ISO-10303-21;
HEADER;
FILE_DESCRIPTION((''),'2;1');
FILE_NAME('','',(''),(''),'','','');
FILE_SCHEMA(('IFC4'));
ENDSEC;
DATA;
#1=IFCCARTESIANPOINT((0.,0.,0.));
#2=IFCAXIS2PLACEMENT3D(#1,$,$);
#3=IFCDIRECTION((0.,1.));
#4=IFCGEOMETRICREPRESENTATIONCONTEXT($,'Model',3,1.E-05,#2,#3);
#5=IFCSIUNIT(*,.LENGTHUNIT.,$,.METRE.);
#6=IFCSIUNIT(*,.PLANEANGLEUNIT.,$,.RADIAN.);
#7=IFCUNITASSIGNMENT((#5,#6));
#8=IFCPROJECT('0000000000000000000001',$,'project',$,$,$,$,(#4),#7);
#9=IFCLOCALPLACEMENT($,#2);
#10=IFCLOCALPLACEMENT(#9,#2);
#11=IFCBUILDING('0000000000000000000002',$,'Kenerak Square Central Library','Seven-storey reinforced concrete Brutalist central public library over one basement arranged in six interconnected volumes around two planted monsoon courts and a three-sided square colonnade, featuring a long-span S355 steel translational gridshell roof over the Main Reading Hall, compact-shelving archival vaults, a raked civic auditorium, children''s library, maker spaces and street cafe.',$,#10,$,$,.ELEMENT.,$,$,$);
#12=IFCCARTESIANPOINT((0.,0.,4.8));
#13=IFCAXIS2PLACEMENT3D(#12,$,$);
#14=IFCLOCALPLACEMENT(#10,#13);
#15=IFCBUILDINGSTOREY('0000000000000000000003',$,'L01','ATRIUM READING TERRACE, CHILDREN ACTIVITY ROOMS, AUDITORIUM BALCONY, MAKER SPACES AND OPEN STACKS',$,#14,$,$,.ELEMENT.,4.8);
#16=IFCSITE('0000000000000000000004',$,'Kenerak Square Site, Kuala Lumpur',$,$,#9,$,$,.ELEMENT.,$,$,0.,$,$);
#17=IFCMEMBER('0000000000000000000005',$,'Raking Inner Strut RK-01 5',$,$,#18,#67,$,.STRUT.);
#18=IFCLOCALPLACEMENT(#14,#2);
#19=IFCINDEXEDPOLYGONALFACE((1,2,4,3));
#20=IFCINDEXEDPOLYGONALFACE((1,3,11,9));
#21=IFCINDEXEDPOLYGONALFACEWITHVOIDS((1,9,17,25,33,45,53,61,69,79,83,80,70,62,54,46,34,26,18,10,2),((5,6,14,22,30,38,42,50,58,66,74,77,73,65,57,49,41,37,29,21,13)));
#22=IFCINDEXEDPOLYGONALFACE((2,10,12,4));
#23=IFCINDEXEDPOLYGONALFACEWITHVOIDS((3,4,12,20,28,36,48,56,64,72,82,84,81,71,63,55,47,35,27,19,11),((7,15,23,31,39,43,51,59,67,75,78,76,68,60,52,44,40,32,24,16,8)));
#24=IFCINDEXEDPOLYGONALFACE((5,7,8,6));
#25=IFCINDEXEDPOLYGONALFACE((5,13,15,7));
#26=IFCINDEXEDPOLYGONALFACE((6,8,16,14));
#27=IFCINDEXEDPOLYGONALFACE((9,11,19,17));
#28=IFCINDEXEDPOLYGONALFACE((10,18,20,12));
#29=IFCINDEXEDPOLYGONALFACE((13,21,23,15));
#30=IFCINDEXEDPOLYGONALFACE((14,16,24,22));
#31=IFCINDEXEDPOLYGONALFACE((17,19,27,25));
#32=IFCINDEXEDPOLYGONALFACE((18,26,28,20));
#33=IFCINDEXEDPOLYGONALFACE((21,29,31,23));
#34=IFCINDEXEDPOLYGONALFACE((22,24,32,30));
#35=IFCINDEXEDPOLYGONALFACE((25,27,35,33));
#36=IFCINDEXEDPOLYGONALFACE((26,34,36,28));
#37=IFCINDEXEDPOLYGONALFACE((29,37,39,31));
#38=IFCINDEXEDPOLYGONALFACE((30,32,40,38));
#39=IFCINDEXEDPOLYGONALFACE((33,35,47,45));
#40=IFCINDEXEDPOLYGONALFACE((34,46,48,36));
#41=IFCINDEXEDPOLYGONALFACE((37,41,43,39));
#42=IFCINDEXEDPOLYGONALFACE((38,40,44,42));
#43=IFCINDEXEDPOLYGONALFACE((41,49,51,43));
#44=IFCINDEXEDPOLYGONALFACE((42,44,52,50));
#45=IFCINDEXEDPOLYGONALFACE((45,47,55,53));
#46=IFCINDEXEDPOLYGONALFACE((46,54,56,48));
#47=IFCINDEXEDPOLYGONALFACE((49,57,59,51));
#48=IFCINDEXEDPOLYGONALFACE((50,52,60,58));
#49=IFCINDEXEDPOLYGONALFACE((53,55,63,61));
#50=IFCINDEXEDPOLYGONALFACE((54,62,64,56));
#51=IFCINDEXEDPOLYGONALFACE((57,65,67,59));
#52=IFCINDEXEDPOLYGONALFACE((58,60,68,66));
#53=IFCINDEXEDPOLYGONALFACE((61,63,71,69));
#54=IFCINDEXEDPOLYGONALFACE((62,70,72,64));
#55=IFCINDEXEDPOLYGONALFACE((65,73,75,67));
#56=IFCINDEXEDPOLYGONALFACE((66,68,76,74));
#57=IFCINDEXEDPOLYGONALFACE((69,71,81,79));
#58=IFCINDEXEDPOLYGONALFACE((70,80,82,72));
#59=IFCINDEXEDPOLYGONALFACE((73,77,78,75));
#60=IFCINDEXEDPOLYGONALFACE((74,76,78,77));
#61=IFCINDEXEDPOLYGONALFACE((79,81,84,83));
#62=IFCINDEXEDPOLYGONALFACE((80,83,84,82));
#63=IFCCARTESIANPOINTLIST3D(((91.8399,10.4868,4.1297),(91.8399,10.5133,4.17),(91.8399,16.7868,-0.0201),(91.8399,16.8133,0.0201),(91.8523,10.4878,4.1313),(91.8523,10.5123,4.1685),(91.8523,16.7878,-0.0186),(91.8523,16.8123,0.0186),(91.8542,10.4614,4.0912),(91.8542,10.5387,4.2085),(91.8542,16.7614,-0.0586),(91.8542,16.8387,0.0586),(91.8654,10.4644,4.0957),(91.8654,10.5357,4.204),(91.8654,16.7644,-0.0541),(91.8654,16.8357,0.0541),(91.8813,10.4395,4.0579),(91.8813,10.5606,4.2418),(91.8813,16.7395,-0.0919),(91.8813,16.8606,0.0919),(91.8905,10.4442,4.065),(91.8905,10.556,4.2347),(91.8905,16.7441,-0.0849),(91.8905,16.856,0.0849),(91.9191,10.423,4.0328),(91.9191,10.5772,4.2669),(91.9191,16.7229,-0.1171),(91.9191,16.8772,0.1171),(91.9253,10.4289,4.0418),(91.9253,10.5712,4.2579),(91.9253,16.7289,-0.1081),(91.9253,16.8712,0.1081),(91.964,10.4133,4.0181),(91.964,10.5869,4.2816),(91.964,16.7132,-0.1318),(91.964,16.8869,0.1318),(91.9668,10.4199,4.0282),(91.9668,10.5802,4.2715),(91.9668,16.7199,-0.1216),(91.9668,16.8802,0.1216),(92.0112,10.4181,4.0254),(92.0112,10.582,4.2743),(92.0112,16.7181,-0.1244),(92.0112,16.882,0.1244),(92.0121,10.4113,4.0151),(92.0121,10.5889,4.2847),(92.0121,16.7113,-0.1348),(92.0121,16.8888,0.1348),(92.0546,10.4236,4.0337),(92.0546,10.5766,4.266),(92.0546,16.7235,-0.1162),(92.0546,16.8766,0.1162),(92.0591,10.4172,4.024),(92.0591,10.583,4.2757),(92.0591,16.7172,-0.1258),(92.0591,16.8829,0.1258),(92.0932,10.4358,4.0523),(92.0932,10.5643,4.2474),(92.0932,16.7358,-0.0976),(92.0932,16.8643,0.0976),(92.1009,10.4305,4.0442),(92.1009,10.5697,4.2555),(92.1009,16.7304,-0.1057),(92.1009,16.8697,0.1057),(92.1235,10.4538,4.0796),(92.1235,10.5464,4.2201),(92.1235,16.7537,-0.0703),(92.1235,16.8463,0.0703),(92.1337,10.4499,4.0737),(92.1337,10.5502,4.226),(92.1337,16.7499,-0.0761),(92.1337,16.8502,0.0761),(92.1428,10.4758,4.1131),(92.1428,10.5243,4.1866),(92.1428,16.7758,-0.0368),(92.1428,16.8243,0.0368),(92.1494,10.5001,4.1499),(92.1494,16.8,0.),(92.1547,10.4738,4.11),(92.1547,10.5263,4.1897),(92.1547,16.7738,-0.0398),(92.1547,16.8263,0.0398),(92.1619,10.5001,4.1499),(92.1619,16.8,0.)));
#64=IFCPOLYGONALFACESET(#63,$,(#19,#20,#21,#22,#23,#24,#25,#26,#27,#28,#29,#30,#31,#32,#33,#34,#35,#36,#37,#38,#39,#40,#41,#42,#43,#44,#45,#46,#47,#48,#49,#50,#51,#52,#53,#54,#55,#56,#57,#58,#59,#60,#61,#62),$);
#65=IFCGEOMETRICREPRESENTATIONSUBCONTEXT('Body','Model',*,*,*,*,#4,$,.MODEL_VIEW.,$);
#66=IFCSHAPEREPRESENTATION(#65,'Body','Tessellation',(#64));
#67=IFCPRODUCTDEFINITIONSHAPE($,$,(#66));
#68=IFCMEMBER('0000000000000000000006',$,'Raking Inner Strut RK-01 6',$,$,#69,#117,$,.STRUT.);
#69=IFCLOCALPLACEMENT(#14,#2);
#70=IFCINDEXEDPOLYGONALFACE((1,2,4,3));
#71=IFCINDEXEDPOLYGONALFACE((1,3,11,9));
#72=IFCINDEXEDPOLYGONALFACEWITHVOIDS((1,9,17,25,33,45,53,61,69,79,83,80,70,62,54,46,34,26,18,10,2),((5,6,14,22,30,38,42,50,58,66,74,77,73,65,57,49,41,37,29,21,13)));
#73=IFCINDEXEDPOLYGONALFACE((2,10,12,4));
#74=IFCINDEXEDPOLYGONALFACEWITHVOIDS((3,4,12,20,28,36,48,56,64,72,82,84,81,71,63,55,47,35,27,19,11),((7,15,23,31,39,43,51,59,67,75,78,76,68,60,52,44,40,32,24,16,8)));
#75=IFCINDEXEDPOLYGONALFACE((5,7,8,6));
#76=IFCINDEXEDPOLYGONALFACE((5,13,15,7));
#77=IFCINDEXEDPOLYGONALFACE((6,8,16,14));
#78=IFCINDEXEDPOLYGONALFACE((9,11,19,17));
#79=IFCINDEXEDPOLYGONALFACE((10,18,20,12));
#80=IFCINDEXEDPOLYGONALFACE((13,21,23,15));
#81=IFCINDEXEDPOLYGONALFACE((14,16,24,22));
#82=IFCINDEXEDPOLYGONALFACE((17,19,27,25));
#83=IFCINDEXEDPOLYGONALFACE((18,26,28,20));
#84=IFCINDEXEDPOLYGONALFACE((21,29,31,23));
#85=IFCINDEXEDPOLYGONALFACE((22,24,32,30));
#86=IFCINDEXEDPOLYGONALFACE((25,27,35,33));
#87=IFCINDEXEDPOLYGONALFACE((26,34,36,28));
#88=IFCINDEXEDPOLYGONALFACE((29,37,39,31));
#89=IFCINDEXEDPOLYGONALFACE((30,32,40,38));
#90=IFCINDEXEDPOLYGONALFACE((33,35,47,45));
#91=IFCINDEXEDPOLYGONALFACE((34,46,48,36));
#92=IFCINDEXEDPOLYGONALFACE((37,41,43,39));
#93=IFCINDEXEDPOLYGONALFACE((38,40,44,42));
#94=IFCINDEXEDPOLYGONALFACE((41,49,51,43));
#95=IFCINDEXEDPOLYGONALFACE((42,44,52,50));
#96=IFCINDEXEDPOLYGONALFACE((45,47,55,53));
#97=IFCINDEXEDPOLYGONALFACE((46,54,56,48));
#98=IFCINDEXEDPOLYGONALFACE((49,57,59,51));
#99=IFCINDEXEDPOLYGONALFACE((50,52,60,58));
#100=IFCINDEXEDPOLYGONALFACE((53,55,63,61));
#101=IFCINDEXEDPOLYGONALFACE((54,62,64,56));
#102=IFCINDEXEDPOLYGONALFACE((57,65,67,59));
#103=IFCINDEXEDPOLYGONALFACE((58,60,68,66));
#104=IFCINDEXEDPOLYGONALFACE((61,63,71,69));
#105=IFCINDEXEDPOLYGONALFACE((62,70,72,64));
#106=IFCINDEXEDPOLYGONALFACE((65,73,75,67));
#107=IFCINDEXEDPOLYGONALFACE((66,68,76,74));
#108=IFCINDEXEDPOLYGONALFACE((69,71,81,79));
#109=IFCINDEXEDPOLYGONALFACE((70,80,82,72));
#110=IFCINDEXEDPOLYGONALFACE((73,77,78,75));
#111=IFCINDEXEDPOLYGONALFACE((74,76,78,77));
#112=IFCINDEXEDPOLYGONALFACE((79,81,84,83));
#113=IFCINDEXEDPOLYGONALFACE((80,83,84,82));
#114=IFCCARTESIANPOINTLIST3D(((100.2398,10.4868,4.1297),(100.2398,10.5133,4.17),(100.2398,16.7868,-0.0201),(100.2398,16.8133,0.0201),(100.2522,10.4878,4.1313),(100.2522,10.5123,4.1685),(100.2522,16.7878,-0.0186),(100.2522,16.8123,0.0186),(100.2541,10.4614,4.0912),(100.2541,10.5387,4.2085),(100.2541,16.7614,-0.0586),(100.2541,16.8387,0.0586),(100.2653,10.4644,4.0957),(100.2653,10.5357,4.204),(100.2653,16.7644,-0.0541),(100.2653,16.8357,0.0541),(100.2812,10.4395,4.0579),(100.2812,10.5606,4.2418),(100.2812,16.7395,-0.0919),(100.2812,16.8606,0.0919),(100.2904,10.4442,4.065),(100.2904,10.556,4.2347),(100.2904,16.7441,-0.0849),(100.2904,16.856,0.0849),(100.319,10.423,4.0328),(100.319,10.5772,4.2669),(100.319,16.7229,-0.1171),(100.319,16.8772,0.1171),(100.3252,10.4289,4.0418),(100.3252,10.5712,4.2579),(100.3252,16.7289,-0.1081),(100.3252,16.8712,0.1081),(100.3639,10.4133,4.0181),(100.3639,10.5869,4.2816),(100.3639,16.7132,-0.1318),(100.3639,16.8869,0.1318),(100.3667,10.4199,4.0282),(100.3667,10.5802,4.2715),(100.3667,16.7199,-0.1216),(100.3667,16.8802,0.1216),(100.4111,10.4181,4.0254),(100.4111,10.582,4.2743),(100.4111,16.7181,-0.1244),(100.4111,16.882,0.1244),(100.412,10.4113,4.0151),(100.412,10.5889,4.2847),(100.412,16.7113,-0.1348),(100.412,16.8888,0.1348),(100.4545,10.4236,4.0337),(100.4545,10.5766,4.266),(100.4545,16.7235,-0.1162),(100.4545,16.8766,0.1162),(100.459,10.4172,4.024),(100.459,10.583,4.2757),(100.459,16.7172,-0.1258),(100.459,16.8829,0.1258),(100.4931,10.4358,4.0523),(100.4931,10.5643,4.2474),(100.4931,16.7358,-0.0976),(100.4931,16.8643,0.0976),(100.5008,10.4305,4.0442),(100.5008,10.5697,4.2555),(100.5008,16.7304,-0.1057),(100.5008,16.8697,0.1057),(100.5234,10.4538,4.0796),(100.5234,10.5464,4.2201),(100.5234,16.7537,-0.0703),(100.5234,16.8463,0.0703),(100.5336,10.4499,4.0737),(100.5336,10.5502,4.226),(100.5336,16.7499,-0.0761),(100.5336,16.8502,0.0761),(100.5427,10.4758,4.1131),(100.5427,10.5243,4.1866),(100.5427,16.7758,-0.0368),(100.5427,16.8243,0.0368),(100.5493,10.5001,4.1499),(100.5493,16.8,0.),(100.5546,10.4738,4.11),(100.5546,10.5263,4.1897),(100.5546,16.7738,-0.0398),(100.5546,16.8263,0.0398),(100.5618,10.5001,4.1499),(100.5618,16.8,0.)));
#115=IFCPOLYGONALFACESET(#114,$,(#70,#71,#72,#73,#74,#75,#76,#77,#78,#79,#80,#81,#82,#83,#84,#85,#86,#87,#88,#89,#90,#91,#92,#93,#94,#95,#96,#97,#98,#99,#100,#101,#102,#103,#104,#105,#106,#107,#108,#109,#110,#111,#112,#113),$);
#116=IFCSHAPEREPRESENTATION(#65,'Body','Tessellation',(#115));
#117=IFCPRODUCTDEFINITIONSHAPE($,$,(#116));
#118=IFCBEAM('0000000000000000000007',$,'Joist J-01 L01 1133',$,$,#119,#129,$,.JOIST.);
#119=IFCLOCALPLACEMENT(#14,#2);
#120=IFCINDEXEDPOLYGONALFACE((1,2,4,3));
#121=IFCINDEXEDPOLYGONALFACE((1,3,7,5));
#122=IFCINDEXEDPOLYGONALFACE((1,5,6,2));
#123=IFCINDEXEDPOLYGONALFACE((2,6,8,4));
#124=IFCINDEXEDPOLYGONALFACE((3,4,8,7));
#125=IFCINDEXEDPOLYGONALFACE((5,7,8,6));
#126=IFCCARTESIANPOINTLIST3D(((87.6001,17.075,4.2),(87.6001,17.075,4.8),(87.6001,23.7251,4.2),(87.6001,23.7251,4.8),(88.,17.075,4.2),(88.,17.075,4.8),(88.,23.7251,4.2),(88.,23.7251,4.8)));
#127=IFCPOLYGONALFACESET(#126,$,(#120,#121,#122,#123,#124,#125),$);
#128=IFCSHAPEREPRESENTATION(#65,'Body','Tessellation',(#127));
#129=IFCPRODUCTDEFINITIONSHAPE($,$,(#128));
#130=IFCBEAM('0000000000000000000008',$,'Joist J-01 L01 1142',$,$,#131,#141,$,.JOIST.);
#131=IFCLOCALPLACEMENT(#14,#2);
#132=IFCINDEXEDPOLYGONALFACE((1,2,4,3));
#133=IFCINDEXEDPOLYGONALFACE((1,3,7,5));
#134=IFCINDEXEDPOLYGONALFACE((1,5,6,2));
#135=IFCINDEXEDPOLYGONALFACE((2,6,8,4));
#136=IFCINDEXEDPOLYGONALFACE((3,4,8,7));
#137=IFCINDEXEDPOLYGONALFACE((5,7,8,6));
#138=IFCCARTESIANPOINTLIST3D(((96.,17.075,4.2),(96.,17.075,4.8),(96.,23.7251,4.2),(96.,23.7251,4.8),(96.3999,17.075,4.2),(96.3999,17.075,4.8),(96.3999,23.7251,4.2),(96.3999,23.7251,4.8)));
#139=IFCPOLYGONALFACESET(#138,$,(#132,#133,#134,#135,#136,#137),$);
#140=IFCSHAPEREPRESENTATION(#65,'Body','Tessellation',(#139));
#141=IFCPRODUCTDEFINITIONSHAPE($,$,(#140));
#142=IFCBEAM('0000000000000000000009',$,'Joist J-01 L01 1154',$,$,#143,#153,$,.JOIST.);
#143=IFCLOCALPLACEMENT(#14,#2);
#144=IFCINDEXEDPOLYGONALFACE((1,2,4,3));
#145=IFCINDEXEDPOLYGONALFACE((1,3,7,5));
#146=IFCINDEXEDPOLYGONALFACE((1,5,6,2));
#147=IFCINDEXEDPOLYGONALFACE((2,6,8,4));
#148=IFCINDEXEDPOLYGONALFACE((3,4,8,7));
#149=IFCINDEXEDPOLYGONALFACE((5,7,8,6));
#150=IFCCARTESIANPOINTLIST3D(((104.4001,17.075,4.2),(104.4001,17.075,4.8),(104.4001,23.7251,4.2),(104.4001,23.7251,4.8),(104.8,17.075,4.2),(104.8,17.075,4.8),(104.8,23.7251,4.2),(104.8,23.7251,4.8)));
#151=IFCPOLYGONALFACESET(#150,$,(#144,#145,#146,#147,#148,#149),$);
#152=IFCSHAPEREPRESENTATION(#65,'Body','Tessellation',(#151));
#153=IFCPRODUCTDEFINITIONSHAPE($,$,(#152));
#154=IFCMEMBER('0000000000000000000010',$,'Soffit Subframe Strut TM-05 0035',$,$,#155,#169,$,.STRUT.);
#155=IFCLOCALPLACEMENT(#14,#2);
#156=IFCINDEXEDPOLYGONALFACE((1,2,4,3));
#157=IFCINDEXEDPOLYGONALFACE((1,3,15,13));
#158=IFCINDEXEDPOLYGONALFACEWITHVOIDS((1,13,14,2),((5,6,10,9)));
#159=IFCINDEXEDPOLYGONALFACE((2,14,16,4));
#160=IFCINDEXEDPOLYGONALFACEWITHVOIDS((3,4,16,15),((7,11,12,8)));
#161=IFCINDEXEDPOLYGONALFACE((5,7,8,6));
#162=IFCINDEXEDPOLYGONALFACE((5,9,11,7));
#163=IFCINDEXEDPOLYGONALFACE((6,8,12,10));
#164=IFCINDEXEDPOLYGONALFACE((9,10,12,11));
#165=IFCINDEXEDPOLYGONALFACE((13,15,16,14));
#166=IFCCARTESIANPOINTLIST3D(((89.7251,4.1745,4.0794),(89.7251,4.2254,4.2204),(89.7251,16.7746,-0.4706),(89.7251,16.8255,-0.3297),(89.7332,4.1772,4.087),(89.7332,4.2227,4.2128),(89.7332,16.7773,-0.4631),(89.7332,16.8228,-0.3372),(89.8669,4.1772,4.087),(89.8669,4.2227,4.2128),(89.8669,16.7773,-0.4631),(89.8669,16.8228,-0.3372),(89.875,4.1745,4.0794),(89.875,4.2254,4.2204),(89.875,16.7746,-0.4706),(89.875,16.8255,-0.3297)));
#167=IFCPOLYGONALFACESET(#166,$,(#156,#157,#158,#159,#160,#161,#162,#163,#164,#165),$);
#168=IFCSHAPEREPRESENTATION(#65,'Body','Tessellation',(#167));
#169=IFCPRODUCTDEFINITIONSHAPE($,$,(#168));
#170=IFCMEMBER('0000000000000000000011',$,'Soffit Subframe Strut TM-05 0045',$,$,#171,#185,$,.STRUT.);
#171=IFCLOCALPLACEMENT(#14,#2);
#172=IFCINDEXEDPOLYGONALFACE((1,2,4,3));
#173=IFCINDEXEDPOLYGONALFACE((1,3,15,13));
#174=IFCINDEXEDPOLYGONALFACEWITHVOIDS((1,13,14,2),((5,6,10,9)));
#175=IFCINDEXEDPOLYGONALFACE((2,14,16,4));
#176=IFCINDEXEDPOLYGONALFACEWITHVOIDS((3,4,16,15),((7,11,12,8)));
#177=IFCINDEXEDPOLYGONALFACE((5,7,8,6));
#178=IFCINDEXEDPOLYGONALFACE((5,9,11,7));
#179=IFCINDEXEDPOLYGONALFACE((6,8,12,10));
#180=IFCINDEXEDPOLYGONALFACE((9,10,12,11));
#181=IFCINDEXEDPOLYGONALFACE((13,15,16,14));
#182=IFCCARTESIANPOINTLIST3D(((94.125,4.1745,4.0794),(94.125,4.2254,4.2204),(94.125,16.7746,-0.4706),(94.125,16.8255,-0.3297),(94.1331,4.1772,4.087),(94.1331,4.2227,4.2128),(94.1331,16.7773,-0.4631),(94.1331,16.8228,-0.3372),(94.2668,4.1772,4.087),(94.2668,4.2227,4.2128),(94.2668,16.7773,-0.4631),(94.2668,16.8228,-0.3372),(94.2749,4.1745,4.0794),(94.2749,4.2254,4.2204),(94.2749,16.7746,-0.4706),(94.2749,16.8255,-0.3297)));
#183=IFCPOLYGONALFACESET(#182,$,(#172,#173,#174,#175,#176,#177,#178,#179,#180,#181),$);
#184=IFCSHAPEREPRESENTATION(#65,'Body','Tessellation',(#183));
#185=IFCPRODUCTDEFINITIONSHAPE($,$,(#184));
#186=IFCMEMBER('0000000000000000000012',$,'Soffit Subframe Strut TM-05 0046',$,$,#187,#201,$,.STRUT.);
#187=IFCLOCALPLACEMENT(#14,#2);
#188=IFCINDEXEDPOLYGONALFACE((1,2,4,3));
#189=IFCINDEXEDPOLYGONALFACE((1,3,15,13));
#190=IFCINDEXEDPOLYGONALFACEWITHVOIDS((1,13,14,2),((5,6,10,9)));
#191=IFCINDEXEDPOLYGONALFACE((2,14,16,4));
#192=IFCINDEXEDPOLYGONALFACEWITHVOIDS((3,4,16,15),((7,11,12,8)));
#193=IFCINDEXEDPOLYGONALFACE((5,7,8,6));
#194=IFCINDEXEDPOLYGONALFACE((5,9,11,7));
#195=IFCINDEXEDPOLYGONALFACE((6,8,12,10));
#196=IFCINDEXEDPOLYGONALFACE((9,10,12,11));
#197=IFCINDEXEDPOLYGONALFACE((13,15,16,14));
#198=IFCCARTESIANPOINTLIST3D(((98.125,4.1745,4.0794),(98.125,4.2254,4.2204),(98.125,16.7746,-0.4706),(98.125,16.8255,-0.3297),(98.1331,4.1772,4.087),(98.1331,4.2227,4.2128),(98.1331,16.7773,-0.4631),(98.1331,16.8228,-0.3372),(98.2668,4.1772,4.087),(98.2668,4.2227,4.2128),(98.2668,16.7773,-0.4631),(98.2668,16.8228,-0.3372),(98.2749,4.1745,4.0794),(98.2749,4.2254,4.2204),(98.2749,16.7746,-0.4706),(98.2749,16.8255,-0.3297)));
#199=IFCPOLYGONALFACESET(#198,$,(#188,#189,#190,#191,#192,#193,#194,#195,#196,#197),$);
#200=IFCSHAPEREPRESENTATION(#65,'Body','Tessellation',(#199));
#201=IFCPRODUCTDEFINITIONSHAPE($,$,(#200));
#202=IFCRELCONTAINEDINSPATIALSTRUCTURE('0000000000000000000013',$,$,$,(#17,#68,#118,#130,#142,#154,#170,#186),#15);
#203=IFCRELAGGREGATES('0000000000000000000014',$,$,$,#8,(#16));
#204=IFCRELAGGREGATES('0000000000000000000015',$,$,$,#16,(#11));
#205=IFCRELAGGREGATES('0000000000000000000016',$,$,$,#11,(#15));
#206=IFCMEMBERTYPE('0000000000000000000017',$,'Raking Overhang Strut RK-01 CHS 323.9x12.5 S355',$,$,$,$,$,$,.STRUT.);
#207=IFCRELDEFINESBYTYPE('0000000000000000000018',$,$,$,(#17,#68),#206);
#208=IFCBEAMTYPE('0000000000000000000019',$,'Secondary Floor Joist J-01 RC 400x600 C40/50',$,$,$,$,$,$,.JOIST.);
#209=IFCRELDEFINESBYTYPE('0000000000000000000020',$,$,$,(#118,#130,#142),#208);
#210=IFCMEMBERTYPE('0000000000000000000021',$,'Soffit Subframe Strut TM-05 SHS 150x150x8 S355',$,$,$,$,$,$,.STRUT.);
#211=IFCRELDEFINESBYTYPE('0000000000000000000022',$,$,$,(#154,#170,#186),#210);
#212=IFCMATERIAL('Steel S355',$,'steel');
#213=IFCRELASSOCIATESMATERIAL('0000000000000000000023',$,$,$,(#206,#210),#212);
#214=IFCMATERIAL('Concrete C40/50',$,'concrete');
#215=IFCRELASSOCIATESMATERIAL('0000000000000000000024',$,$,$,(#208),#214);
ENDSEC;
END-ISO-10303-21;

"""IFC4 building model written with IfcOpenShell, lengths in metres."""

from ifc_helpers import new_model, si_unit, direction, frame, origin, origin_2d, place, context, subcontext, project, spatial, rectangle, hollow_rectangle, hollow_circle, extrude, material, material_profile, profile_set, type_object, element, save


model = new_model("IFC4")

# Units and contexts
model_context = context("Model", 3, precision=1e-05, world=origin(), true_north=direction((0.0, 1.0)))
body_context = subcontext(model_context, "Body", "Model", "MODEL_VIEW")
ifc_project = project(units=[si_unit("LENGTHUNIT", "METRE"), si_unit("PLANEANGLEUNIT", "RADIAN")], contexts=[model_context])

# Site, building, storey
site_placement = place(None, origin())
site = spatial("IfcSite", under=ifc_project, at=site_placement, Name="Kenerak Square Site, Kuala Lumpur", CompositionType="ELEMENT", RefElevation=0.0)
building_placement = place(site_placement, origin())
building = spatial("IfcBuilding", under=site, at=building_placement, Name="Kenerak Square Central Library", Description="Seven-storey reinforced concrete Brutalist central public library over one basement arranged in six interconnected volumes around two planted monsoon courts and a three-sided square colonnade, featuring a long-span S355 steel translational gridshell roof over the Main Reading Hall, compact-shelving archival vaults, a raked civic auditorium, children's library, maker spaces and street cafe.", CompositionType="ELEMENT")
storey_placement = place(building_placement, frame((0.0, 0.0, 4.8)))
storey = spatial("IfcBuildingStorey", under=building, at=storey_placement, Name="L01", Description="ATRIUM READING TERRACE, CHILDREN ACTIVITY ROOMS, AUDITORIUM BALCONY, MAKER SPACES AND OPEN STACKS", CompositionType="ELEMENT", Elevation=4.8)

# Shared definitions
ifc_material_1 = material(Name="Steel S355", Category="steel")

# Shared definitions
ifc_material_2 = material(Name="Concrete C40/50", Category="concrete")

# Members
ifc_material_profile_1 = material_profile(ifc_material_1, hollow_circle(Radius=0.1619, WallThickness=0.0125, at=origin_2d()), Name="CHS 323.9x12.5")
ifc_profile_set_1 = profile_set([ifc_material_profile_1], Name="Steel S355")
member_type_1 = type_object("IfcMemberType", Name="Raking Overhang Strut RK-01 CHS 323.9x12.5 S355", PredefinedType="STRUT", material=ifc_profile_set_1)
for number, where, z_axis, x_axis, name in (
    (1, (92.0, 16.8, 0.0), (0.0, -0.835105, 0.550091), (1.0, 0.0, 0.0), "Raking Inner Strut RK-01 5"),
    (2, (100.3999, 16.8, 0.0), (0.0, -0.835105, 0.550091), (1.0, 0.0, 0.0), "Raking Inner Strut RK-01 6"),
):
    element("IfcMember", number, at=place(storey_placement, frame(where, z_axis=z_axis, x_axis=x_axis)), inside=storey, type_object=member_type_1, Name=name, PredefinedType="STRUT", context=body_context, shape_type="SweptSolid", body=[
        extrude(hollow_circle(Radius=0.1619, WallThickness=0.0125, at=origin_2d()), origin(), (0.0, 0.0, 1.0), 7.5439),
    ])

# Beams
ifc_material_profile_2 = material_profile(ifc_material_2, rectangle(XDim=0.3999, YDim=0.6001, at=origin_2d()), Name="RC 400x600")
ifc_profile_set_2 = profile_set([ifc_material_profile_2], Name="Concrete C40/50")
beam_type_1 = type_object("IfcBeamType", Name="Secondary Floor Joist J-01 RC 400x600 C40/50", PredefinedType="JOIST", material=ifc_profile_set_2)
for number, where, z_axis, x_axis, name in (
    (3, (87.8, 17.075, 4.5), (0.0, 1.0, 0.0), (-1.0, 0.0, 0.0), "Joist J-01 L01 1133"),
    (4, (96.2, 17.075, 4.5), (0.0, 1.0, 0.0), (-1.0, 0.0, 0.0), "Joist J-01 L01 1142"),
    (5, (104.6001, 17.075, 4.5), (0.0, 1.0, 0.0), (-1.0, 0.0, 0.0), "Joist J-01 L01 1154"),
):
    element("IfcBeam", number, at=place(storey_placement, frame(where, z_axis=z_axis, x_axis=x_axis)), inside=storey, type_object=beam_type_1, Name=name, PredefinedType="JOIST", context=body_context, shape_type="SweptSolid", body=[
        extrude(rectangle(XDim=0.3999, YDim=0.6001, at=origin_2d()), origin(), (0.0, 0.0, 1.0), 6.6501),
    ])

# Members
ifc_material_profile_3 = material_profile(ifc_material_1, hollow_rectangle(XDim=0.1499, YDim=0.1499, WallThickness=0.0081, at=origin_2d()), Name="SHS 150x150x8.0")
ifc_profile_set_3 = profile_set([ifc_material_profile_3], Name="Steel S355")
member_type_2 = type_object("IfcMemberType", Name="Soffit Subframe Strut TM-05 SHS 150x150x8 S355", PredefinedType="STRUT", material=ifc_profile_set_3)
for number, where, z_axis, x_axis, name in (
    (6, (89.8, 16.8, -0.4001), (0.0, -0.940554, 0.339645), (1.0, 0.0, 0.0), "Soffit Subframe Strut TM-05 0035"),
    (7, (94.2, 16.8, -0.4001), (0.0, -0.940554, 0.339645), (1.0, 0.0, 0.0), "Soffit Subframe Strut TM-05 0045"),
    (8, (98.2, 16.8, -0.4001), (0.0, -0.940554, 0.339645), (1.0, 0.0, 0.0), "Soffit Subframe Strut TM-05 0046"),
):
    element("IfcMember", number, at=place(storey_placement, frame(where, z_axis=z_axis, x_axis=x_axis)), inside=storey, type_object=member_type_2, Name=name, PredefinedType="STRUT", context=body_context, shape_type="SweptSolid", body=[
        extrude(hollow_rectangle(XDim=0.1499, YDim=0.1499, WallThickness=0.0081, at=origin_2d()), origin(), (0.0, 0.0, 1.0), 13.3965),
    ])

save(model, "model.ifc")
